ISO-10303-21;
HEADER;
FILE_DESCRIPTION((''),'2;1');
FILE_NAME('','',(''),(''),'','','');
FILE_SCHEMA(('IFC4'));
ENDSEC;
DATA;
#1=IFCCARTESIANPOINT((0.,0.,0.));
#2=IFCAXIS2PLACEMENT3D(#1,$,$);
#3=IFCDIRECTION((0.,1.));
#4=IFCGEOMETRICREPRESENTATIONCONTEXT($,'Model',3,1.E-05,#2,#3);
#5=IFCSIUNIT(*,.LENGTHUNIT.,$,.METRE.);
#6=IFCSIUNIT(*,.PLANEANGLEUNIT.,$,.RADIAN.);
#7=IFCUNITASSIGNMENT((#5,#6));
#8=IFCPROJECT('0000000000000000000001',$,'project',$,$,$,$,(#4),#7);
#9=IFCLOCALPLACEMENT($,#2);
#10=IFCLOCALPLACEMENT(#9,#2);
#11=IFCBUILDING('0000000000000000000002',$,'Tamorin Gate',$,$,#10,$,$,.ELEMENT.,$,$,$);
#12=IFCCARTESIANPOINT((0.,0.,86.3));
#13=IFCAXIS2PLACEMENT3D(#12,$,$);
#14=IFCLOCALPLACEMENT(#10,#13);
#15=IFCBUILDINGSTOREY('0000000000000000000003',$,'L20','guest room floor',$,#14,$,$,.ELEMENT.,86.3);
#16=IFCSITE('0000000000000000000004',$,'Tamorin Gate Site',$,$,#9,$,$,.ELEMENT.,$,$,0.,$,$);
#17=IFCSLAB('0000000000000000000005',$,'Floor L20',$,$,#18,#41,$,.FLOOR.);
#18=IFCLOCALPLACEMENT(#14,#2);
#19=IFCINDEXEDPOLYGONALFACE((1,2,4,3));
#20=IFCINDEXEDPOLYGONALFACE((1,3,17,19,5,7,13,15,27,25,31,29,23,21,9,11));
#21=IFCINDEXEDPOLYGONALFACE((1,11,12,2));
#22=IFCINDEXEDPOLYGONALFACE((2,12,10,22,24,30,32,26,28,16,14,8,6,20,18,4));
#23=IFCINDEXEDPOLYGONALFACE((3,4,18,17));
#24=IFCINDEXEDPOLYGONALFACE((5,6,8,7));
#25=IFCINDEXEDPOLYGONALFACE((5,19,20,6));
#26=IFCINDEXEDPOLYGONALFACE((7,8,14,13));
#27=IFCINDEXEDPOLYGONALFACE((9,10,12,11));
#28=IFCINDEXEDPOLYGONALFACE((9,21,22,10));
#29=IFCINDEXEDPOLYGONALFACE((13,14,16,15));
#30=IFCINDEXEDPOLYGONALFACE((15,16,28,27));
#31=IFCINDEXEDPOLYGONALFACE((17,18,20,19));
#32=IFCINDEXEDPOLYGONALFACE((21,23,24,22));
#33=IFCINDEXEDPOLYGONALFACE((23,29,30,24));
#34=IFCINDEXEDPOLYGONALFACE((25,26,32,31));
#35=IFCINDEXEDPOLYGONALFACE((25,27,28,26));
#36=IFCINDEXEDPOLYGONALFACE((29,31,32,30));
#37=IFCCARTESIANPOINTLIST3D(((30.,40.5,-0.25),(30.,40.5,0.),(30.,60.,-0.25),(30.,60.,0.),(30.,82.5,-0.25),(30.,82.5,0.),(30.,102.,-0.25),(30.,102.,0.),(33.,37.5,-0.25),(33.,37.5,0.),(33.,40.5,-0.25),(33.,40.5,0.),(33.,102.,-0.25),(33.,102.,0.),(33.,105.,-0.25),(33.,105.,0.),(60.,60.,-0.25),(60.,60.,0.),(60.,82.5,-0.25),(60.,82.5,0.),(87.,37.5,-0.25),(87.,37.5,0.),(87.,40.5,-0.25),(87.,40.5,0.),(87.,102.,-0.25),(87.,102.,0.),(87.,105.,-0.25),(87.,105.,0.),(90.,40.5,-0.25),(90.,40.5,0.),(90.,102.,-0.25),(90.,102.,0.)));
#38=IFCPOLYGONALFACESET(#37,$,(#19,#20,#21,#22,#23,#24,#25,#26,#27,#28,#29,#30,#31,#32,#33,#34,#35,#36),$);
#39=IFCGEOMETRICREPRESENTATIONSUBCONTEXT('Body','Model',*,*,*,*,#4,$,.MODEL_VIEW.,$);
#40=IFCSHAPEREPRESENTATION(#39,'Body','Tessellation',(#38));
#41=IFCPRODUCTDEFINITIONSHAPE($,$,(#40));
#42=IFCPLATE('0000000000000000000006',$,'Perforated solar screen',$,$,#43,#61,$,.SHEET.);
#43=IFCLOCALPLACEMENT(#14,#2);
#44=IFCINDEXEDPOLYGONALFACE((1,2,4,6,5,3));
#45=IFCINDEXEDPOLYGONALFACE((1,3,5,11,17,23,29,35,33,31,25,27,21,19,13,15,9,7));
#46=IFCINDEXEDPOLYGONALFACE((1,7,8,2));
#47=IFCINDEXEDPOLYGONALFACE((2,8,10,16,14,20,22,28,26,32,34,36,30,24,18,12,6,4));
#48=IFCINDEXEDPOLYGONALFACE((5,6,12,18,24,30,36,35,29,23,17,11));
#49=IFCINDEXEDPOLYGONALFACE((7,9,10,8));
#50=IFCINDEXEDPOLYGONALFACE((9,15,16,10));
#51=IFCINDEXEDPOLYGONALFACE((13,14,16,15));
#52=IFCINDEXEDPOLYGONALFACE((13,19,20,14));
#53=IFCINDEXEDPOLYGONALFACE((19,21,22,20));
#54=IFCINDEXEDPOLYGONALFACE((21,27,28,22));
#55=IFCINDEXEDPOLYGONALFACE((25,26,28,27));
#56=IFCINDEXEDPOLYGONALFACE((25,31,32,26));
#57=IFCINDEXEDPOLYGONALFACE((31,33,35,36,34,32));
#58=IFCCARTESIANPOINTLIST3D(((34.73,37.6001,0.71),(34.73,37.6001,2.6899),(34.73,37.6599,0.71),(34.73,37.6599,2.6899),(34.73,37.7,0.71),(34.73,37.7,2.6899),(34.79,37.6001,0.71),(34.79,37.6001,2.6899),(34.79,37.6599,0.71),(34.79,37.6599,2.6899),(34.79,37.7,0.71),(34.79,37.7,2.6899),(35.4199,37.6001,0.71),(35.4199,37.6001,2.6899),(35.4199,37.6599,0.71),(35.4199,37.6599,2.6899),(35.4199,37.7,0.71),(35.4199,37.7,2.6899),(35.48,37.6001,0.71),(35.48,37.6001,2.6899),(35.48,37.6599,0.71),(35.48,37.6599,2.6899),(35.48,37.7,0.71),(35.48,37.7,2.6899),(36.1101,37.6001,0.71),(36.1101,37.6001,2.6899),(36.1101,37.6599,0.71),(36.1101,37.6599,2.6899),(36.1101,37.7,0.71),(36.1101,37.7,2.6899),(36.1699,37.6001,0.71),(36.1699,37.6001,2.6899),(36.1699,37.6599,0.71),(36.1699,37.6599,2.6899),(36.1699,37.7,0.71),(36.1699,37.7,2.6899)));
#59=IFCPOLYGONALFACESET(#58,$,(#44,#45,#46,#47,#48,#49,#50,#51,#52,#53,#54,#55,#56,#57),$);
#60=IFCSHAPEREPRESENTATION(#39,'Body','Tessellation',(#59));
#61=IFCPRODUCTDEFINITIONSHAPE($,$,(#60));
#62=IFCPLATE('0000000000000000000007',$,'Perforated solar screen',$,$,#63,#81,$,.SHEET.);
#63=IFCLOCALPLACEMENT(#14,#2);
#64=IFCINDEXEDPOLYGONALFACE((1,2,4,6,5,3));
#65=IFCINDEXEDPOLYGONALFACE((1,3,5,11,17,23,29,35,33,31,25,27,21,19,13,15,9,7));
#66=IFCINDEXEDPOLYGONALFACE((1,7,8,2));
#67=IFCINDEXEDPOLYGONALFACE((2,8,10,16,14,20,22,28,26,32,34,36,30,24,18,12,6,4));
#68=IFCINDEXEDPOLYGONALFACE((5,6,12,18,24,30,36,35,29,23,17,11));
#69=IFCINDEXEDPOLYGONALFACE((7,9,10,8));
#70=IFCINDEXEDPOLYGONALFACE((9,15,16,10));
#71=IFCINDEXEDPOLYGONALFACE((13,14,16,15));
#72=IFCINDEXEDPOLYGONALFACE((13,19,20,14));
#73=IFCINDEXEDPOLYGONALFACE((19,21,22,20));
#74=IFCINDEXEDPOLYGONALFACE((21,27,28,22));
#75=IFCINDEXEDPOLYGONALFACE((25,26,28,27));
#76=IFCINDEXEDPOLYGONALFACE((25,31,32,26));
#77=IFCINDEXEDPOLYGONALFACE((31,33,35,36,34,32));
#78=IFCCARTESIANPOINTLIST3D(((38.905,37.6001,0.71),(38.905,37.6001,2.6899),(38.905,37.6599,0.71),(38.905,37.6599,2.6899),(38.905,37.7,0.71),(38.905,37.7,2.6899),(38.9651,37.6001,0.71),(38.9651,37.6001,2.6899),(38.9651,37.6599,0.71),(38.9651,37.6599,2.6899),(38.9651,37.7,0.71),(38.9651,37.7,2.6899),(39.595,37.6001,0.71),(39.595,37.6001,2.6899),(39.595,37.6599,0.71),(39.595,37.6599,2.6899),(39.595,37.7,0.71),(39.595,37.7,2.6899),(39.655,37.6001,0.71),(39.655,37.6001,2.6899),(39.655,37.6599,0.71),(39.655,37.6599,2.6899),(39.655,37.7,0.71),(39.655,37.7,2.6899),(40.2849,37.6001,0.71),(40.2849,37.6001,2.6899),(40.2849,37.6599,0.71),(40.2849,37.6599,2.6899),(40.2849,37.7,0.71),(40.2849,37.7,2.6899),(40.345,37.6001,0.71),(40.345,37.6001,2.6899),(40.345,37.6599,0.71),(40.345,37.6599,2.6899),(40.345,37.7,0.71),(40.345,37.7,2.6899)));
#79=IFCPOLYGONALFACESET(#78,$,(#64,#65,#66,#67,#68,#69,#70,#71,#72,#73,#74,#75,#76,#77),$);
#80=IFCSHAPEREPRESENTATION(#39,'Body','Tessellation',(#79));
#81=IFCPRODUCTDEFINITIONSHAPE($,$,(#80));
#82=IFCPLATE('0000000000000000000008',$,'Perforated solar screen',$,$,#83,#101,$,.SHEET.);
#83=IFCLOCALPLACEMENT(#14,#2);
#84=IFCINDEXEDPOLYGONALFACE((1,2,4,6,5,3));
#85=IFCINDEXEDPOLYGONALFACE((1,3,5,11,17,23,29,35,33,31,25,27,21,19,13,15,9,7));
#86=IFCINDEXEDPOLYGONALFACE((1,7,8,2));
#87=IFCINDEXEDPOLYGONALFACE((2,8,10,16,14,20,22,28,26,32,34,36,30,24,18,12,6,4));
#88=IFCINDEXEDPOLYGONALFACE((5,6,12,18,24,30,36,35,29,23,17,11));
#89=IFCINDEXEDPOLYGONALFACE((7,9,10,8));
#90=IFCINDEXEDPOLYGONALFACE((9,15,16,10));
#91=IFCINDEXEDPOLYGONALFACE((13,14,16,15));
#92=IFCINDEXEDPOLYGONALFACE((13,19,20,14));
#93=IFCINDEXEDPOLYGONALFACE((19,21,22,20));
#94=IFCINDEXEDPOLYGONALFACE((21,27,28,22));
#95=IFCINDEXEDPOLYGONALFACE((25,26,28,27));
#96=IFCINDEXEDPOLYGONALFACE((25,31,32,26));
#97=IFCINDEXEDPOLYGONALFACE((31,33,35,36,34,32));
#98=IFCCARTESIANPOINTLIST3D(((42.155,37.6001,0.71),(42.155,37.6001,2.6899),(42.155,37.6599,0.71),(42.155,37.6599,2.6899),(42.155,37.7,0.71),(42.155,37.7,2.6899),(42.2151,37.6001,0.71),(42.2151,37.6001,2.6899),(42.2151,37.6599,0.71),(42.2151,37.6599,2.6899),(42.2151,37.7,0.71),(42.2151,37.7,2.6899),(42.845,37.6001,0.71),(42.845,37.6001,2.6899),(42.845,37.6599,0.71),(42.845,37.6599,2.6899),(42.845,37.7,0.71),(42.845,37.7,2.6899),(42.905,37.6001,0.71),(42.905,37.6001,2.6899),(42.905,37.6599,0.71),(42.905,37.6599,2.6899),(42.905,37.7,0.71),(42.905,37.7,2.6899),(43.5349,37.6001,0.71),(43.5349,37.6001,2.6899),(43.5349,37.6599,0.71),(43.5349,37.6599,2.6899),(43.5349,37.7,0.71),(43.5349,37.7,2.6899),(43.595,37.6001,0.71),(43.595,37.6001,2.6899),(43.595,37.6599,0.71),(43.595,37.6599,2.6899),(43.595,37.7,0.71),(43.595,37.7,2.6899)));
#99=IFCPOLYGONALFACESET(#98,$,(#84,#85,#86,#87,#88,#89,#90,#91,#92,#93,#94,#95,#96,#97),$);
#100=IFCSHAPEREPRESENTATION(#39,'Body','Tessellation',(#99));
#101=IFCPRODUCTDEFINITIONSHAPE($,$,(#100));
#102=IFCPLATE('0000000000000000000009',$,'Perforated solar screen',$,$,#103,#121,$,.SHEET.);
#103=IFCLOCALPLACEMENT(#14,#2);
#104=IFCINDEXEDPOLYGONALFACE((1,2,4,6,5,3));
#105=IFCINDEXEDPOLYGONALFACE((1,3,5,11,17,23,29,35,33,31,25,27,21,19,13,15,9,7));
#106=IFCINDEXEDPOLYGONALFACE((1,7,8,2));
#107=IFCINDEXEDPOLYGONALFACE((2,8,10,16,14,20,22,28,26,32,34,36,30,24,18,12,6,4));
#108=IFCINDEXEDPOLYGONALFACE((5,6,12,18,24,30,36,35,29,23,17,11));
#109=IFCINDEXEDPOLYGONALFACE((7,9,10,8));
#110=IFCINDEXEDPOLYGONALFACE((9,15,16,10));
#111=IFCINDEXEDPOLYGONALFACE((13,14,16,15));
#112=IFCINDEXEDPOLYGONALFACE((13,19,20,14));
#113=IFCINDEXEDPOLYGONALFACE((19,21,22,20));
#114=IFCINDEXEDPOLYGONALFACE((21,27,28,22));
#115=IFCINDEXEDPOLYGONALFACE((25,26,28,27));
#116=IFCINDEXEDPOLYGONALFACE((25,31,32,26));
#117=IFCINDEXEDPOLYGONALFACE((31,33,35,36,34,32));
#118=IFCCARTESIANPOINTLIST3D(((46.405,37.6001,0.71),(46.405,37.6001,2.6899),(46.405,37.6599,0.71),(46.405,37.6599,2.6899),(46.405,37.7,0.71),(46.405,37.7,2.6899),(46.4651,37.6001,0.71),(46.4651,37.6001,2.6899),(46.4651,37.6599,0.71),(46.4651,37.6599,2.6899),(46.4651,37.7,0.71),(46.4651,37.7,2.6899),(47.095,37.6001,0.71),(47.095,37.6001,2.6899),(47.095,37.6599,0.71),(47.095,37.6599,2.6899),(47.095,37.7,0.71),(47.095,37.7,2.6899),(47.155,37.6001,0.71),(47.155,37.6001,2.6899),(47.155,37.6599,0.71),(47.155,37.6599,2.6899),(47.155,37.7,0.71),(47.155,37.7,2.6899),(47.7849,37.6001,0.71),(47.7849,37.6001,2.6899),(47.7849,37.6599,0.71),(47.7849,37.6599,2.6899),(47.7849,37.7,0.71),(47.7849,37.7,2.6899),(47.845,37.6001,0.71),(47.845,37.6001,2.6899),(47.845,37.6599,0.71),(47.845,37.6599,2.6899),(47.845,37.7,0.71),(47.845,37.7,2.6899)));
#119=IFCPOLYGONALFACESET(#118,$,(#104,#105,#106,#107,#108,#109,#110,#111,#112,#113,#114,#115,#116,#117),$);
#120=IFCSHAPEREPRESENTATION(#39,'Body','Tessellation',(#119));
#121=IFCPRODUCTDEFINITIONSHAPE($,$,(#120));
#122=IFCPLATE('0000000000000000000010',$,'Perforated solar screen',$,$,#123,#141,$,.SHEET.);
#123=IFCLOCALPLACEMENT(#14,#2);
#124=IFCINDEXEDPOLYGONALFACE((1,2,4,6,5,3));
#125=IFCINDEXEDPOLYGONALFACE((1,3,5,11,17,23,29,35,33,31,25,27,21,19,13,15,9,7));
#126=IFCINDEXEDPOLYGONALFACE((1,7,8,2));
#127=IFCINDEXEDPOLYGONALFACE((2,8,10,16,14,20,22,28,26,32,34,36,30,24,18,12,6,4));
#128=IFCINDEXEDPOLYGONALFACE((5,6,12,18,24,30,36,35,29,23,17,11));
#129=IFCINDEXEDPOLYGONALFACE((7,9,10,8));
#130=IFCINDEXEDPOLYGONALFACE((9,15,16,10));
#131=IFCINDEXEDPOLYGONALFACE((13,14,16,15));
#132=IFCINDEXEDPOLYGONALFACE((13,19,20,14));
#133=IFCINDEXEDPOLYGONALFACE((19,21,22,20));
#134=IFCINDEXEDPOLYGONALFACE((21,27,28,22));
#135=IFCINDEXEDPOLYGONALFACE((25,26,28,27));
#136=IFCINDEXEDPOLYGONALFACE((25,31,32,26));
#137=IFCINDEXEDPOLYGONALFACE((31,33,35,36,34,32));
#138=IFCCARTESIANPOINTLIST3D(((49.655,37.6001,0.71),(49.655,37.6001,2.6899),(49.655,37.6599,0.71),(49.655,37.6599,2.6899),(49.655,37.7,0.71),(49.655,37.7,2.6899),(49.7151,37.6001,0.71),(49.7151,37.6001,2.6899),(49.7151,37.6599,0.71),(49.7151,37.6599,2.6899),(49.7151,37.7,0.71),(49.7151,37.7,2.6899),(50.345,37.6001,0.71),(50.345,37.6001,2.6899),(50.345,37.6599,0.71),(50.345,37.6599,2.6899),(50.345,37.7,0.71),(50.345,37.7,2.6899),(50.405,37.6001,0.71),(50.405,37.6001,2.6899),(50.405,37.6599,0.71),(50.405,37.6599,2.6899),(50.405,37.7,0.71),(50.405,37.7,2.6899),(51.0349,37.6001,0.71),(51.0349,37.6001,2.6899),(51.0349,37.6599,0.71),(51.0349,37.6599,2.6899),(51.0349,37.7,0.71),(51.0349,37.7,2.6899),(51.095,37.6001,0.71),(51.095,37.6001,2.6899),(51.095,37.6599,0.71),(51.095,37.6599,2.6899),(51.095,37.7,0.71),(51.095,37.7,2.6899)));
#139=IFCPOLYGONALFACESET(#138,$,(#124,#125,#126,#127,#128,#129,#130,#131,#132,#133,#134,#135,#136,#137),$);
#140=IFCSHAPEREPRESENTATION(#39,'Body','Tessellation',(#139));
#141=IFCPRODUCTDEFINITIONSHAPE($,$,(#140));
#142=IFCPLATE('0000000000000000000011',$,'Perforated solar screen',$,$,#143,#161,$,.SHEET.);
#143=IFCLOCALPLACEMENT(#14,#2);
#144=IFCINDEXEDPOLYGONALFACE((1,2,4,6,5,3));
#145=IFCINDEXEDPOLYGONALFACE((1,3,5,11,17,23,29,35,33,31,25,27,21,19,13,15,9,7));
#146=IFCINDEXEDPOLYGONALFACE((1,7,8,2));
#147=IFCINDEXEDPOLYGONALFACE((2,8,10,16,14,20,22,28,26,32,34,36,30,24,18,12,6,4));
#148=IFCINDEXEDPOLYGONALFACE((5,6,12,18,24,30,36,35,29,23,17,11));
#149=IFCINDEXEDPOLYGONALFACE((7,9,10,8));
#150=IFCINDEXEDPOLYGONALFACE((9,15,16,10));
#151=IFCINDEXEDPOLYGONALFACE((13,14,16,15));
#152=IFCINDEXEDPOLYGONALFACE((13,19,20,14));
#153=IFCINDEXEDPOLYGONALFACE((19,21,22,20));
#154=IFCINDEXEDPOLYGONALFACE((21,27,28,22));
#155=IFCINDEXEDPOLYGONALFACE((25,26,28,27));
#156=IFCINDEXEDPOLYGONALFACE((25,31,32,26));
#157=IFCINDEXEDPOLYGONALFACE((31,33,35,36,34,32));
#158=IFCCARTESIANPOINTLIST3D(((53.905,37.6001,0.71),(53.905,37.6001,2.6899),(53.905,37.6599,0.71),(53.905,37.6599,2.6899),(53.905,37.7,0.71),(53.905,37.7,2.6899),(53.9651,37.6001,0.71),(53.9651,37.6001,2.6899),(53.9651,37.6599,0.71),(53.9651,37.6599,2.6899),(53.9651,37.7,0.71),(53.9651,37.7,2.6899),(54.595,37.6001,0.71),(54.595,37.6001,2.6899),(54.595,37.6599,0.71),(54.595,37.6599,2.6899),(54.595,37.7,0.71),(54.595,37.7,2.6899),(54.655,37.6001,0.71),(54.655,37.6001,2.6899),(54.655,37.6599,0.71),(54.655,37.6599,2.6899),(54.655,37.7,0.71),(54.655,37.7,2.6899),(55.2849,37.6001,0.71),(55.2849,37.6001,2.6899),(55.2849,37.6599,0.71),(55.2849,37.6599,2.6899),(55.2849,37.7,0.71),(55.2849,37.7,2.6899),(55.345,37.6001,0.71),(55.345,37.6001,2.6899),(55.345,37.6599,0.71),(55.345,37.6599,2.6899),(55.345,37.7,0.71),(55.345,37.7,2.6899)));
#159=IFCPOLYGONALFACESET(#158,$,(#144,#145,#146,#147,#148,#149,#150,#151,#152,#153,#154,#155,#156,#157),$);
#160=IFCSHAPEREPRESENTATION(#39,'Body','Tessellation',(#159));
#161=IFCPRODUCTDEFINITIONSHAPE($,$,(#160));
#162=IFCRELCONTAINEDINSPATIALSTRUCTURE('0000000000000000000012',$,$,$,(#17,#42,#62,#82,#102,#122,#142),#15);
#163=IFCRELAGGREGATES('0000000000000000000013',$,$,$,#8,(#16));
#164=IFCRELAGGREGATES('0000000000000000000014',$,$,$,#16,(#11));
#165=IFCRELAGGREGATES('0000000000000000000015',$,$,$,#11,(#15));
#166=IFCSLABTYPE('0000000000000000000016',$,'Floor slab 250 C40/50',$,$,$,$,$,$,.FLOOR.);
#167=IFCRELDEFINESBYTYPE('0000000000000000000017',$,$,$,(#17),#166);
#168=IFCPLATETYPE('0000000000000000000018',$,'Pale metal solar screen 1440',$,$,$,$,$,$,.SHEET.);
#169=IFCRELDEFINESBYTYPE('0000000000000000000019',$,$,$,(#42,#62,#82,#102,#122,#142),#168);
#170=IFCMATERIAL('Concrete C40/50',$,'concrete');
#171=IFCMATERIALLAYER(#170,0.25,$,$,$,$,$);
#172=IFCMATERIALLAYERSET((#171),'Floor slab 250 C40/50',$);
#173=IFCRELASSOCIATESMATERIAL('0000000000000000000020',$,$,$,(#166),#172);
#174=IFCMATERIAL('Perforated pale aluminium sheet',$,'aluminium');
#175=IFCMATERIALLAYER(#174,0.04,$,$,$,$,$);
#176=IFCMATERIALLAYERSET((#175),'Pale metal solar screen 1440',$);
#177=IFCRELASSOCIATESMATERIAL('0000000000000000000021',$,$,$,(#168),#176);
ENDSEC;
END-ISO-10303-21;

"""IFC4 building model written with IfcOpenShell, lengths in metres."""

from ifc_helpers import new_model, si_unit, direction, frame, origin, place, context, subcontext, project, spatial, polyline, outline, extrude, material, layer, layer_set, type_object, element, save


model = new_model("IFC4")

# Units and contexts
model_context = context("Model", 3, precision=1e-05, world=origin(), true_north=direction((0.0, 1.0)))
body_context = subcontext(model_context, "Body", "Model", "MODEL_VIEW")
ifc_project = project(units=[si_unit("LENGTHUNIT", "METRE"), si_unit("PLANEANGLEUNIT", "RADIAN")], contexts=[model_context])

# Site, building, storey
site_placement = place(None, origin())
site = spatial("IfcSite", under=ifc_project, at=site_placement, Name="Tamorin Gate Site", CompositionType="ELEMENT", RefElevation=0.0)
building_placement = place(site_placement, origin())
building = spatial("IfcBuilding", under=site, at=building_placement, Name="Tamorin Gate", CompositionType="ELEMENT")
storey_placement = place(building_placement, frame((0.0, 0.0, 86.3)))
storey = spatial("IfcBuildingStorey", under=building, at=storey_placement, Name="L20", Description="guest room floor", CompositionType="ELEMENT", Elevation=86.3)

# Slab
ifc_material_1 = material(Name="Concrete C40/50", Category="concrete")
ifc_layer_1 = layer(ifc_material_1, 0.25)
ifc_layer_set_1 = layer_set([ifc_layer_1], Name="Floor slab 250 C40/50")
slab_type = type_object("IfcSlabType", Name="Floor slab 250 C40/50", PredefinedType="FLOOR", material=ifc_layer_set_1)
slab_placement = place(storey_placement, frame((0.0, 0.0, -0.25)))
element("IfcSlab", 1, at=slab_placement, inside=storey, type_object=slab_type, Name="Floor L20", PredefinedType="FLOOR", context=body_context, shape_type="SweptSolid", body=[
    extrude(outline(polyline([(30.0, 102.0), (33.0, 102.0), (33.0, 105.0), (87.0, 105.0), (87.0, 102.0), (90.0, 102.0), (90.0, 40.5), (87.0, 40.5), (87.0, 37.5), (33.0, 37.5), (33.0, 40.5), (30.0, 40.5), (30.0, 60.0), (60.0, 60.0), (60.0, 82.5), (30.0, 82.5), (30.0, 102.0)])), origin(), (0.0, 0.0, 1.0), 0.25),
])

# Plates
ifc_material_2 = material(Name="Perforated pale aluminium sheet", Category="aluminium")
ifc_layer_2 = layer(ifc_material_2, 0.04)
ifc_layer_set_2 = layer_set([ifc_layer_2], Name="Pale metal solar screen 1440")
plate_type = type_object("IfcPlateType", Name="Pale metal solar screen 1440", PredefinedType="SHEET", material=ifc_layer_set_2)
plate_1_placement = place(storey_placement, frame((0.0, 0.0, 0.71)))
element("IfcPlate", 2, at=plate_1_placement, inside=storey, type_object=plate_type, Name="Perforated solar screen", PredefinedType="SHEET", context=body_context, shape_type="SweptSolid", body=[
    extrude(outline(polyline([(34.73, 37.6599), (34.73, 37.7), (34.79, 37.7), (35.4199, 37.7), (35.48, 37.7), (36.1101, 37.7), (36.1699, 37.7), (36.1699, 37.6599), (36.1699, 37.6001), (36.1101, 37.6001), (36.1101, 37.6599), (35.48, 37.6599), (35.48, 37.6001), (35.4199, 37.6001), (35.4199, 37.6599), (34.79, 37.6599), (34.79, 37.6001), (34.73, 37.6001), (34.73, 37.6599)])), origin(), (0.0, 0.0, 1.0), 1.98),
])
plate_2_placement = place(storey_placement, frame((0.0, 0.0, 0.71)))
element("IfcPlate", 3, at=plate_2_placement, inside=storey, type_object=plate_type, Name="Perforated solar screen", PredefinedType="SHEET", context=body_context, shape_type="SweptSolid", body=[
    extrude(outline(polyline([(38.905, 37.6599), (38.905, 37.7), (38.9651, 37.7), (39.595, 37.7), (39.655, 37.7), (40.2849, 37.7), (40.345, 37.7), (40.345, 37.7), (40.345, 37.6599), (40.345, 37.6599), (40.345, 37.6001), (40.2849, 37.6001), (40.2849, 37.6599), (39.655, 37.6599), (39.655, 37.6001), (39.595, 37.6001), (39.595, 37.6599), (38.9651, 37.6599), (38.9651, 37.6001), (38.905, 37.6001), (38.905, 37.6599)])), origin(), (0.0, 0.0, 1.0), 1.98),
])
plate_3_placement = place(storey_placement, frame((0.0, 0.0, 0.71)))
element("IfcPlate", 4, at=plate_3_placement, inside=storey, type_object=plate_type, Name="Perforated solar screen", PredefinedType="SHEET", context=body_context, shape_type="SweptSolid", body=[
    extrude(outline(polyline([(42.155, 37.6599), (42.155, 37.7), (42.2151, 37.7), (42.845, 37.7), (42.905, 37.7), (43.5349, 37.7), (43.595, 37.7), (43.595, 37.6599), (43.595, 37.6001), (43.5349, 37.6001), (43.5349, 37.6599), (42.905, 37.6599), (42.905, 37.6001), (42.845, 37.6001), (42.845, 37.6599), (42.2151, 37.6599), (42.2151, 37.6001), (42.155, 37.6001), (42.155, 37.6599)])), origin(), (0.0, 0.0, 1.0), 1.98),
])
plate_4_placement = place(storey_placement, frame((0.0, 0.0, 0.71)))
element("IfcPlate", 5, at=plate_4_placement, inside=storey, type_object=plate_type, Name="Perforated solar screen", PredefinedType="SHEET", context=body_context, shape_type="SweptSolid", body=[
    extrude(outline(polyline([(46.405, 37.6599), (46.405, 37.7), (46.4651, 37.7), (47.095, 37.7), (47.155, 37.7), (47.7849, 37.7), (47.845, 37.7), (47.845, 37.6599), (47.845, 37.6001), (47.7849, 37.6001), (47.7849, 37.6599), (47.155, 37.6599), (47.155, 37.6001), (47.095, 37.6001), (47.095, 37.6599), (46.4651, 37.6599), (46.4651, 37.6001), (46.405, 37.6001), (46.405, 37.6599)])), origin(), (0.0, 0.0, 1.0), 1.98),
])
plate_5_placement = place(storey_placement, frame((0.0, 0.0, 0.71)))
element("IfcPlate", 6, at=plate_5_placement, inside=storey, type_object=plate_type, Name="Perforated solar screen", PredefinedType="SHEET", context=body_context, shape_type="SweptSolid", body=[
    extrude(outline(polyline([(49.655, 37.6599), (49.655, 37.7), (49.7151, 37.7), (50.345, 37.7), (50.405, 37.7), (51.0349, 37.7), (51.095, 37.7), (51.095, 37.6599), (51.095, 37.6001), (51.0349, 37.6001), (51.0349, 37.6599), (50.405, 37.6599), (50.405, 37.6001), (50.345, 37.6001), (50.345, 37.6599), (49.7151, 37.6599), (49.7151, 37.6001), (49.655, 37.6001), (49.655, 37.6599)])), origin(), (0.0, 0.0, 1.0), 1.98),
])
plate_6_placement = place(storey_placement, frame((0.0, 0.0, 0.71)))
element("IfcPlate", 7, at=plate_6_placement, inside=storey, type_object=plate_type, Name="Perforated solar screen", PredefinedType="SHEET", context=body_context, shape_type="SweptSolid", body=[
    extrude(outline(polyline([(53.905, 37.6599), (53.905, 37.7), (53.9651, 37.7), (54.595, 37.7), (54.655, 37.7), (55.2849, 37.7), (55.345, 37.7), (55.345, 37.6599), (55.345, 37.6001), (55.2849, 37.6001), (55.2849, 37.6599), (54.655, 37.6599), (54.655, 37.6001), (54.595, 37.6001), (54.595, 37.6599), (53.9651, 37.6599), (53.9651, 37.6001), (53.905, 37.6001), (53.905, 37.6599)])), origin(), (0.0, 0.0, 1.0), 1.98),
])

save(model, "model.ifc")
